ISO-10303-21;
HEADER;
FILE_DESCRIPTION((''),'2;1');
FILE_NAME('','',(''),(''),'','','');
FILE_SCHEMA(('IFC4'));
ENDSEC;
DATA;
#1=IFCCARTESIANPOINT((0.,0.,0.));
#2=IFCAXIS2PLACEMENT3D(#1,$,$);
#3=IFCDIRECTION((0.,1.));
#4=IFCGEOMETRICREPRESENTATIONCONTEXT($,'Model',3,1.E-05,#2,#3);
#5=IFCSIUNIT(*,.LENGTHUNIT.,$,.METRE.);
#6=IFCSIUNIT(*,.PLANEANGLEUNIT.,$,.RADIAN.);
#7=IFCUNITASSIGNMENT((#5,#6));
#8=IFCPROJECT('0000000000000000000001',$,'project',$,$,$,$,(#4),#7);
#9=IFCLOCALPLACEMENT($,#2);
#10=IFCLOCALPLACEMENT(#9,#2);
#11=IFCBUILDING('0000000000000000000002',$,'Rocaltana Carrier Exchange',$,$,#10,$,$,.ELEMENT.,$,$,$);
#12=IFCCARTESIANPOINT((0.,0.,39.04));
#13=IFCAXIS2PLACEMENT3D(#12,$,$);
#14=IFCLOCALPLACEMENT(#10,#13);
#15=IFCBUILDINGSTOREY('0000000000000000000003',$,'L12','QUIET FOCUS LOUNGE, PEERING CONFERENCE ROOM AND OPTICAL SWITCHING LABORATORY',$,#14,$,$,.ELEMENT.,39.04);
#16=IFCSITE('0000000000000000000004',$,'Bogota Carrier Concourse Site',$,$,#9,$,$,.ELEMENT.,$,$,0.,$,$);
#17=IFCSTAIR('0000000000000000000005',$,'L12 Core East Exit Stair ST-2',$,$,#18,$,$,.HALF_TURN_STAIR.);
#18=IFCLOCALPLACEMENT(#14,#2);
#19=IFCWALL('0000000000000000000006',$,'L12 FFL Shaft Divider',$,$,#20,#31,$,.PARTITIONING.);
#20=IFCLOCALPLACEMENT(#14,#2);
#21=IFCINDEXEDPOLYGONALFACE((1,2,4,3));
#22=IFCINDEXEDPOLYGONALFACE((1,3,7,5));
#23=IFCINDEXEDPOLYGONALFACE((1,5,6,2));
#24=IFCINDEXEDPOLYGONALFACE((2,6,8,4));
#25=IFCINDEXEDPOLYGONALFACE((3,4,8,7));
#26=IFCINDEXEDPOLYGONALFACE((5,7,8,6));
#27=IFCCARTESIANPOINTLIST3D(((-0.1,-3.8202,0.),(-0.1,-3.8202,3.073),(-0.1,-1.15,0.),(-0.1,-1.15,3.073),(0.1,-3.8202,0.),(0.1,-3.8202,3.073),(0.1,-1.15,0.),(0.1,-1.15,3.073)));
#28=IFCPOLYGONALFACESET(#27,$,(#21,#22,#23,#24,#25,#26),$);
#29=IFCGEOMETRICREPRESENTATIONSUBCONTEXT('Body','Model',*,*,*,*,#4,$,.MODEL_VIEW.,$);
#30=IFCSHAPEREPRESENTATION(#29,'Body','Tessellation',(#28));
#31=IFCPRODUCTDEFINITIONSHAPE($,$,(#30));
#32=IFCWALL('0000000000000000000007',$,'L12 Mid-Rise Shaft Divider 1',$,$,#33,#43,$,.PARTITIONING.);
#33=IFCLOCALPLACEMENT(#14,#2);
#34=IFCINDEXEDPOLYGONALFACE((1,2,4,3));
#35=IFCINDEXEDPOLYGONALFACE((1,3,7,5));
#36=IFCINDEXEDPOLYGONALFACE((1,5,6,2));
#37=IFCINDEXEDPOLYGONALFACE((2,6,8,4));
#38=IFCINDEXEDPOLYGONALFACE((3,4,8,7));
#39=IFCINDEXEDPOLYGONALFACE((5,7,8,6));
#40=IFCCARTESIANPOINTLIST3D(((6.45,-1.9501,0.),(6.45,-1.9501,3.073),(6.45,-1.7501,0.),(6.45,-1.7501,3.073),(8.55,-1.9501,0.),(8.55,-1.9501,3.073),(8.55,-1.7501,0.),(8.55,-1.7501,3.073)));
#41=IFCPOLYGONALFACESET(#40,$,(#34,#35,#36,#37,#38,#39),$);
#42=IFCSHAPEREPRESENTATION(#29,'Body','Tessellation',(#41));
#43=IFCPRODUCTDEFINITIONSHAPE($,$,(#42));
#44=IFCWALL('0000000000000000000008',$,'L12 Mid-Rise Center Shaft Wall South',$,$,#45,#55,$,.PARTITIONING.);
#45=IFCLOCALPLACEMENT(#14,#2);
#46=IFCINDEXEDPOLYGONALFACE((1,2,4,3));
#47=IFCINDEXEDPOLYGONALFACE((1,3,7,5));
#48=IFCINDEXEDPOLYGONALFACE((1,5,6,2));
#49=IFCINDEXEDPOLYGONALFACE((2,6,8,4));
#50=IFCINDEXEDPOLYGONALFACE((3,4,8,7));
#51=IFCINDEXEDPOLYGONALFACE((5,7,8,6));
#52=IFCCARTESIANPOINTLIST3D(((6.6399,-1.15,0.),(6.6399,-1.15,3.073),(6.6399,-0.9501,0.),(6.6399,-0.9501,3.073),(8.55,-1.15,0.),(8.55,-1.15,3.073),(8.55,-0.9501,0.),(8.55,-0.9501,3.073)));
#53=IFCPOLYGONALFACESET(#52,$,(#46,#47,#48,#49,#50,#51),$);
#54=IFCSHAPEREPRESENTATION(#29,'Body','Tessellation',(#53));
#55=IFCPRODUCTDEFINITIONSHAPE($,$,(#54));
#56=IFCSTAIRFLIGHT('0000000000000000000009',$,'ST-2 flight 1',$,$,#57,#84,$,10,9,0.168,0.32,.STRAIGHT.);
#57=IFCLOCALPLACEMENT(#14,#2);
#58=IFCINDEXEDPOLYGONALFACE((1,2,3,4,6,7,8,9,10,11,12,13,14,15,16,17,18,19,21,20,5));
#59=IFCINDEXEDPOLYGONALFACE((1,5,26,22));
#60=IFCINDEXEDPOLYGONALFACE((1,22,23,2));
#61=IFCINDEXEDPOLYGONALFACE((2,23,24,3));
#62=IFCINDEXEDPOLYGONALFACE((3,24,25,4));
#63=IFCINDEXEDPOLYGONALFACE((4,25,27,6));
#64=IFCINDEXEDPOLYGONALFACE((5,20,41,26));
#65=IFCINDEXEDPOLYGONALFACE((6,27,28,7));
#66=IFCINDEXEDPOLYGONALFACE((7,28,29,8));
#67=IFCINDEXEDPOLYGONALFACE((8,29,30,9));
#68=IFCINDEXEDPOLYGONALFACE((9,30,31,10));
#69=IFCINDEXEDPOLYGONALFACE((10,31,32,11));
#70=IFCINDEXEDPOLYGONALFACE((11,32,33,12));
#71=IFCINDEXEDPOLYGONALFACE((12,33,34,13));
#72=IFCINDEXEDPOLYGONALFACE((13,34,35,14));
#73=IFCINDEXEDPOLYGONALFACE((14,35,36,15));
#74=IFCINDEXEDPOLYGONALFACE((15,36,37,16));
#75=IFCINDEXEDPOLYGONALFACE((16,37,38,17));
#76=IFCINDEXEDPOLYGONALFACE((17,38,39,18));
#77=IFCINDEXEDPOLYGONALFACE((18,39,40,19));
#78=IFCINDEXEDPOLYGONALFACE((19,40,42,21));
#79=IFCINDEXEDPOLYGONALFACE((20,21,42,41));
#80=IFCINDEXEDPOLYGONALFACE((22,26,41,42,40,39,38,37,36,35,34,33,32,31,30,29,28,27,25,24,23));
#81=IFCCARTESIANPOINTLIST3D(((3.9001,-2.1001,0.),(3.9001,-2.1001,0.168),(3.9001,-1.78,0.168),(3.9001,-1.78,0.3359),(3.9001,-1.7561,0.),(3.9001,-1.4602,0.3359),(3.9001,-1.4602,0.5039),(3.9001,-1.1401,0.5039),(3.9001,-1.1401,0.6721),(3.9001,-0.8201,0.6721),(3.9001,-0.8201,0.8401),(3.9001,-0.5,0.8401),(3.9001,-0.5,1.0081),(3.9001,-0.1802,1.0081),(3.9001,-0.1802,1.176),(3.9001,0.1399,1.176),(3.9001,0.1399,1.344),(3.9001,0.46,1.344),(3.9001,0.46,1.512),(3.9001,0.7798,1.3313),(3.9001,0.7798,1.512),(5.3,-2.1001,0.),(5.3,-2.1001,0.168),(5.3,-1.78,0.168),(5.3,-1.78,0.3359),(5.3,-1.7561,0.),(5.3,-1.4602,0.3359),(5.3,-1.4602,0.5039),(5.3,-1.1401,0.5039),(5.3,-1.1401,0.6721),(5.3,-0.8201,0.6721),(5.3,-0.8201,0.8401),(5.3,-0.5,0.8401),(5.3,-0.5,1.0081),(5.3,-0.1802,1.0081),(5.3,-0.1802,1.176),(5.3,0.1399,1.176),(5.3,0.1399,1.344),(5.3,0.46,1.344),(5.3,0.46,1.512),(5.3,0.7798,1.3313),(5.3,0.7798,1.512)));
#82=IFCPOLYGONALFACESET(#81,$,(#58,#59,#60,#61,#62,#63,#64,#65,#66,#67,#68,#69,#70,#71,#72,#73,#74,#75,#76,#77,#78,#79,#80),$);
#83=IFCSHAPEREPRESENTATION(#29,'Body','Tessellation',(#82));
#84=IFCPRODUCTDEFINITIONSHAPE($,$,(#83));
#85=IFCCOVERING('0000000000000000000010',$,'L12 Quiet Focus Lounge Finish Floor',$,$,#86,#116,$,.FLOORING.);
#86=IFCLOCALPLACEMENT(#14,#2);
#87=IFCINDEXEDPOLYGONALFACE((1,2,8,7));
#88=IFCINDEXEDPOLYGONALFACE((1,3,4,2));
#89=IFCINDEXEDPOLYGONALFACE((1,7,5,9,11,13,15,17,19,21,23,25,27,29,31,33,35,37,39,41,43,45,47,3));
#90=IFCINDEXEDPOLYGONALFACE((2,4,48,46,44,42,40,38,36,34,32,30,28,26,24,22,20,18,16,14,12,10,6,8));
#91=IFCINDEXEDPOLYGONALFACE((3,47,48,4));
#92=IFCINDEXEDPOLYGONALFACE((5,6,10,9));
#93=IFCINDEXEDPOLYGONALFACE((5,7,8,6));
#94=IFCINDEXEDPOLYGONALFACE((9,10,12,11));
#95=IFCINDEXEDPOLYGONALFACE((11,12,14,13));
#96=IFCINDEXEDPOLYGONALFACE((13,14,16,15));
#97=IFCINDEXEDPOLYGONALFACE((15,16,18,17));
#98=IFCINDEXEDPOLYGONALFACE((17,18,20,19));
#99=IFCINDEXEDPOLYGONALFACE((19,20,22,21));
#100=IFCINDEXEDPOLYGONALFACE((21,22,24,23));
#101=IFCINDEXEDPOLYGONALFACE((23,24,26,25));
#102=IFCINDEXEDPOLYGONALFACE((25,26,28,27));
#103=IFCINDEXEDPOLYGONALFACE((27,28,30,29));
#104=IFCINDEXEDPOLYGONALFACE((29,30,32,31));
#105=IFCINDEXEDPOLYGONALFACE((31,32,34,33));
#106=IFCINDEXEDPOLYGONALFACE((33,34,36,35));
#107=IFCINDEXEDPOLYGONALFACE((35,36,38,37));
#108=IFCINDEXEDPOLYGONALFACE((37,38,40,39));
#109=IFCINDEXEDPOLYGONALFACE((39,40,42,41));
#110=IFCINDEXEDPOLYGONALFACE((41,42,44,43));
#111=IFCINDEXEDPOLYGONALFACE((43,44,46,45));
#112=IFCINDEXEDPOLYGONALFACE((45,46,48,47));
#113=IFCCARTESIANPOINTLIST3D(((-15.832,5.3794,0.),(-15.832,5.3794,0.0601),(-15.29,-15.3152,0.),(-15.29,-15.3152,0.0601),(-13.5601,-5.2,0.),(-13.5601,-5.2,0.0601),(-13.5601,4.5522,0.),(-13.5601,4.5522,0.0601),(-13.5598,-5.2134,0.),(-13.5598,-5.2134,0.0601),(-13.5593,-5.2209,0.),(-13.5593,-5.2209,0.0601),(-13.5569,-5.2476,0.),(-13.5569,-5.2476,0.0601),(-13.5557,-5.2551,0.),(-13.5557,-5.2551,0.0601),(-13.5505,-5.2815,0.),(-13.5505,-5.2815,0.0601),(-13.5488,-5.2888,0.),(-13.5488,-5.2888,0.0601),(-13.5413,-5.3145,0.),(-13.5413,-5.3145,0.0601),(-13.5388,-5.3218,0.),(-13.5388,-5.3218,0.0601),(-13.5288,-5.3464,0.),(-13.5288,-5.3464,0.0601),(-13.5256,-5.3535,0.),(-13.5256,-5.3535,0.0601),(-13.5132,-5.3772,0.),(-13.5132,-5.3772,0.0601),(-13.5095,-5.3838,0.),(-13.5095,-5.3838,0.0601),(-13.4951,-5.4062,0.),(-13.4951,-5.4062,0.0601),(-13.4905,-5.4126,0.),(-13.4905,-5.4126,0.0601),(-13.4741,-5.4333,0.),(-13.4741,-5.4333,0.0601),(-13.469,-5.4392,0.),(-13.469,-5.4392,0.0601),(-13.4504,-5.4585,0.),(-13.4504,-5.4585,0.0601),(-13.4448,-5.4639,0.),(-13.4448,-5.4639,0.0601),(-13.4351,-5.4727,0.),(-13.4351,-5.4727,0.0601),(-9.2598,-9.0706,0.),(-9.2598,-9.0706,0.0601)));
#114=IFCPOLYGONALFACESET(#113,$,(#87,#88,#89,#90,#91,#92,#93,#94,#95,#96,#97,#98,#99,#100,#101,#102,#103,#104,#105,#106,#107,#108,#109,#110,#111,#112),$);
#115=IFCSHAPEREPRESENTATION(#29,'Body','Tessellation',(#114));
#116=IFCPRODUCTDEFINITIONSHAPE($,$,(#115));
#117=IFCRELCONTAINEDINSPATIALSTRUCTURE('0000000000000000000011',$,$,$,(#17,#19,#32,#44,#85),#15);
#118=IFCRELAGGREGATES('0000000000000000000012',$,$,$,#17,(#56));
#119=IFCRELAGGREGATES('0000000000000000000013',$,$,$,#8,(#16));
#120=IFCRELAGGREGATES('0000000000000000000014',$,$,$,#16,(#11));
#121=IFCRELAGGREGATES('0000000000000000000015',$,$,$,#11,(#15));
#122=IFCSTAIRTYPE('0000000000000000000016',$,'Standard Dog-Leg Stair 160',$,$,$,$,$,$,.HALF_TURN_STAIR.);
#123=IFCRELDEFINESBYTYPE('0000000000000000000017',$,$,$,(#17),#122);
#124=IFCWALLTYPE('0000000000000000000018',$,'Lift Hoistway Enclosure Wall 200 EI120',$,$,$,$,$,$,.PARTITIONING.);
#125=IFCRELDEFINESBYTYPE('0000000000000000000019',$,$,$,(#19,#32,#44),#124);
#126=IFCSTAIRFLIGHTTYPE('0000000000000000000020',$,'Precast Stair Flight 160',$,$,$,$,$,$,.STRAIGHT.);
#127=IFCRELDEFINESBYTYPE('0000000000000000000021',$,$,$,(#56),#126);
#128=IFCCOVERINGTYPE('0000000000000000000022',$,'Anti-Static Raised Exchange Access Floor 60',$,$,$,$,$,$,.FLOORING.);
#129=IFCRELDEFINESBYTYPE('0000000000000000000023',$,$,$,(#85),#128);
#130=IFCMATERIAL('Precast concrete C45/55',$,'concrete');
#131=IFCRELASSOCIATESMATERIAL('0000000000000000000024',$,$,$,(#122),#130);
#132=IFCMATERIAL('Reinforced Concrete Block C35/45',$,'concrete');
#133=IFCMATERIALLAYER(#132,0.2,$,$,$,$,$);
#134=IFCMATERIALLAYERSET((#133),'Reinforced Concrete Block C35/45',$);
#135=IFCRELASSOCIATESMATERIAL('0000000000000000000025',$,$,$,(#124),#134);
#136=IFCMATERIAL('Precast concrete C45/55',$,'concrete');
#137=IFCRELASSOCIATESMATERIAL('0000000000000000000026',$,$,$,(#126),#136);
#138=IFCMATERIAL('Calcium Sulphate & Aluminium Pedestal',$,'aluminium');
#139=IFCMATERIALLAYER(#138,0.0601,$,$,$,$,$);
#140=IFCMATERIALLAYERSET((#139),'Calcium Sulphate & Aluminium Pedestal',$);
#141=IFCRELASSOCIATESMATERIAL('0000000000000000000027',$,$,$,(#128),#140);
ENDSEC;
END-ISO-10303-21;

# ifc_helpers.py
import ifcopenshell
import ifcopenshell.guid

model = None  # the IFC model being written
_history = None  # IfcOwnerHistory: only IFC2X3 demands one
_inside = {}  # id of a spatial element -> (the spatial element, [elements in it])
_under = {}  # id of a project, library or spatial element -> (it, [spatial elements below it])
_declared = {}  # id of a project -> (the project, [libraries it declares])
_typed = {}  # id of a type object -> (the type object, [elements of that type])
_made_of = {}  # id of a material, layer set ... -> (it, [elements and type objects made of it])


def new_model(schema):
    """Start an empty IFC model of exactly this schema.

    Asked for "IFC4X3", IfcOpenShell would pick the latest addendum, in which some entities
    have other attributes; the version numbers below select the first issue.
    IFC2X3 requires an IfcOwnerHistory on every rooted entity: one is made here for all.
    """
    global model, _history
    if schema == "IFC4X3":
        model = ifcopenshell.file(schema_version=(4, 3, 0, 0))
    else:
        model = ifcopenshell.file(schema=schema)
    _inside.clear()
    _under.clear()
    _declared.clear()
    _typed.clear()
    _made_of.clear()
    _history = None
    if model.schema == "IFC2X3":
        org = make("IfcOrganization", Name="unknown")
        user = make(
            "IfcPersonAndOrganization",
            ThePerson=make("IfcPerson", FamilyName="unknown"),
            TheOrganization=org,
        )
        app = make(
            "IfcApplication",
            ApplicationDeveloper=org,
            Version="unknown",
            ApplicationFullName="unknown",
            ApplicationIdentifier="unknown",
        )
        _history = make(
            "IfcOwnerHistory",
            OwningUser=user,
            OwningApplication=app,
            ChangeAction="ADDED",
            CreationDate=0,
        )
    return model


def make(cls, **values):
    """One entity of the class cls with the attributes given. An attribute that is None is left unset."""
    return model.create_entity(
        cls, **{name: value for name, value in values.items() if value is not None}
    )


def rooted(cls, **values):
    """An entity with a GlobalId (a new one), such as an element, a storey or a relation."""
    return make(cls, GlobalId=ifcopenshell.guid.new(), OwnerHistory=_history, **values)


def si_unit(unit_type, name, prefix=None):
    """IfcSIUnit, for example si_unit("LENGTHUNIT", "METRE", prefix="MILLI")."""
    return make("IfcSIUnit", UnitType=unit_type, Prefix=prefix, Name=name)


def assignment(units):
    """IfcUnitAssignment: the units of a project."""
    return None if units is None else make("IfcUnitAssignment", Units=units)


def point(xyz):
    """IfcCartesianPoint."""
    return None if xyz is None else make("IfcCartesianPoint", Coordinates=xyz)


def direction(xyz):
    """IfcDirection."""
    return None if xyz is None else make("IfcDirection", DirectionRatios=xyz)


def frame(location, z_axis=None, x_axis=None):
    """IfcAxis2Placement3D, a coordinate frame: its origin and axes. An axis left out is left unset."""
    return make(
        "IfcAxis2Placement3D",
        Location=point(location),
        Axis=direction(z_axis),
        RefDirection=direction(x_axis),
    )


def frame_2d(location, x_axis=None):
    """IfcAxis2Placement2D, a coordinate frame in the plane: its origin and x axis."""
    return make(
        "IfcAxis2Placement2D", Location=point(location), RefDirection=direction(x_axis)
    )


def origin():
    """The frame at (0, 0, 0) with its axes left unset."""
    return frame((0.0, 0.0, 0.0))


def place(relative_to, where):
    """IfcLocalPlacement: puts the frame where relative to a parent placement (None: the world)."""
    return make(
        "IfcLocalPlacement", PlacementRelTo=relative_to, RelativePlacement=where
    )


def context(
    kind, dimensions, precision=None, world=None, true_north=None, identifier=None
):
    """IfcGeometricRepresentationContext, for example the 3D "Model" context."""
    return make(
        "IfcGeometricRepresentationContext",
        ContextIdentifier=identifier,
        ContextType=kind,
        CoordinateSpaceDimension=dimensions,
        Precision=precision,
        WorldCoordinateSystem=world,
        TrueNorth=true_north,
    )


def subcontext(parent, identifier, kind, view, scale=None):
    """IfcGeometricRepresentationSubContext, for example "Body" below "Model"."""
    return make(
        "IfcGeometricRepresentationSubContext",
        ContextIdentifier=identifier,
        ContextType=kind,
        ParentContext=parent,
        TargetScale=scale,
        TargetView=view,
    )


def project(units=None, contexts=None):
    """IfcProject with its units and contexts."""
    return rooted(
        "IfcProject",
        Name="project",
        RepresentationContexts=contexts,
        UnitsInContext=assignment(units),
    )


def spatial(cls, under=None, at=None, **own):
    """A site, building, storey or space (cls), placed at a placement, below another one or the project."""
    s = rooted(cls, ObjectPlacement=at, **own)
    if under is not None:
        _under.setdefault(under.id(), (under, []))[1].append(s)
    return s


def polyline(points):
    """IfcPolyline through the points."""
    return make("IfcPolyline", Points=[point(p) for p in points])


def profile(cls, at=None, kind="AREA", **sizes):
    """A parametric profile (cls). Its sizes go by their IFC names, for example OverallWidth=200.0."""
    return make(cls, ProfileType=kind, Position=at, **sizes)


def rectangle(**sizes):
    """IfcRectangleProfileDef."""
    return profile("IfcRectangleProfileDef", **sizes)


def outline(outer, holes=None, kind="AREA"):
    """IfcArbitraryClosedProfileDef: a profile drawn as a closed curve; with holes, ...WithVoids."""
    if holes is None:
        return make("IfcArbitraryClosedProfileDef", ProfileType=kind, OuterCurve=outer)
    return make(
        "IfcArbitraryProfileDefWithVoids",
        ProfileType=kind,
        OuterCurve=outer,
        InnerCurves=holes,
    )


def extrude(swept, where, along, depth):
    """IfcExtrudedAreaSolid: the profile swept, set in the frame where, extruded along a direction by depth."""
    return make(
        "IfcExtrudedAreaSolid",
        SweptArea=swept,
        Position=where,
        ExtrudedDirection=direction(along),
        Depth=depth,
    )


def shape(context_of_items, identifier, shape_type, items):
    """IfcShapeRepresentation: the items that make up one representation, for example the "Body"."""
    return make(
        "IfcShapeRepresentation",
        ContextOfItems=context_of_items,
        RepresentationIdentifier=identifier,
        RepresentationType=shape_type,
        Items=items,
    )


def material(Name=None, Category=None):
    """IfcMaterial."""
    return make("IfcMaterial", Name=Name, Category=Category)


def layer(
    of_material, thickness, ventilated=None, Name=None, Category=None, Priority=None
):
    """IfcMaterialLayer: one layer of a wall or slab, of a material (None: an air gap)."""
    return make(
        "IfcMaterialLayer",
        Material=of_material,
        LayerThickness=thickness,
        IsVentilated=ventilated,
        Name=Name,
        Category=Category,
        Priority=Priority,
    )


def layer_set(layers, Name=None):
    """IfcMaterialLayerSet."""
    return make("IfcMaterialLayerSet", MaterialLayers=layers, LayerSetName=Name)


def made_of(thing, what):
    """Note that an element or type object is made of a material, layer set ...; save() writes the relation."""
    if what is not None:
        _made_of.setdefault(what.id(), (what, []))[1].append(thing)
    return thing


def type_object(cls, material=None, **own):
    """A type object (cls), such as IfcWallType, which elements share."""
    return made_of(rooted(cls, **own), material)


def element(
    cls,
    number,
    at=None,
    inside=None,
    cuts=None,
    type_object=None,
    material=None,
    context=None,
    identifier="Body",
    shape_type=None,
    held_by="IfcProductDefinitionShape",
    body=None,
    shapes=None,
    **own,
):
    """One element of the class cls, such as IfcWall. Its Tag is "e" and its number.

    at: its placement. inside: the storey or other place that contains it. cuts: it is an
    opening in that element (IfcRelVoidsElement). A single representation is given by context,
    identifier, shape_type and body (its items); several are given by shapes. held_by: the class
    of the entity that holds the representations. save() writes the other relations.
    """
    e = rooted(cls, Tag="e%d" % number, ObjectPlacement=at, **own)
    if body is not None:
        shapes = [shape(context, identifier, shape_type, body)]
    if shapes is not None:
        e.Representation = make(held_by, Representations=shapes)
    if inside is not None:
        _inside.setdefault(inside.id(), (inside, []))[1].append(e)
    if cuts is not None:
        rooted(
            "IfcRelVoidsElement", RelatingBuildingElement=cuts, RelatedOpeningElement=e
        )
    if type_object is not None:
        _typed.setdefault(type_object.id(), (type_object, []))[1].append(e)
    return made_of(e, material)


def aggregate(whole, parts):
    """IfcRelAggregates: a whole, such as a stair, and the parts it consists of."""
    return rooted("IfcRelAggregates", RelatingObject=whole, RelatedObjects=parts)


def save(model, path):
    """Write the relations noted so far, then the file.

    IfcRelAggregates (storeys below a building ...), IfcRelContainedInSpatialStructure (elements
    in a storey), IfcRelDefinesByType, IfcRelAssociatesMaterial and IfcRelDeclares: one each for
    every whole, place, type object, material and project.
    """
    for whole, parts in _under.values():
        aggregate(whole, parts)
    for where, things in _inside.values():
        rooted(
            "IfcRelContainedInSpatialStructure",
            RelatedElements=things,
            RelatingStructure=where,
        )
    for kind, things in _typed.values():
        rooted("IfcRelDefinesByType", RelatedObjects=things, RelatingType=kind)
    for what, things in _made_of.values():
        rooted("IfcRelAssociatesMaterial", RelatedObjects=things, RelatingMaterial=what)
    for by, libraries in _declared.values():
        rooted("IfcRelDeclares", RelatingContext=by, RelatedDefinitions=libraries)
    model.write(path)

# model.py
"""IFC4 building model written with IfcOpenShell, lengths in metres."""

from ifc_helpers import new_model, si_unit, direction, frame, frame_2d, origin, place, context, subcontext, project, spatial, polyline, rectangle, outline, extrude, material, layer, layer_set, type_object, element, aggregate, save


model = new_model("IFC4")

# Units and contexts
model_context = context("Model", 3, precision=1e-05, world=origin(), true_north=direction((0.0, 1.0)))
body_context = subcontext(model_context, "Body", "Model", "MODEL_VIEW")
ifc_project = project(units=[si_unit("LENGTHUNIT", "METRE"), si_unit("PLANEANGLEUNIT", "RADIAN")], contexts=[model_context])

# Site, building, storey
site_placement = place(None, origin())
site = spatial("IfcSite", under=ifc_project, at=site_placement, Name="Bogota Carrier Concourse Site", CompositionType="ELEMENT", RefElevation=0.0)
building_placement = place(site_placement, origin())
building = spatial("IfcBuilding", under=site, at=building_placement, Name="Rocaltana Carrier Exchange", CompositionType="ELEMENT")
storey_placement = place(building_placement, frame((0.0, 0.0, 39.04)))
storey = spatial("IfcBuildingStorey", under=building, at=storey_placement, Name="L12", Description="QUIET FOCUS LOUNGE, PEERING CONFERENCE ROOM AND OPTICAL SWITCHING LABORATORY", CompositionType="ELEMENT", Elevation=39.04)

# Stair
ifc_material_1 = material(Name="Precast concrete C45/55", Category="concrete")
stair_type = type_object("IfcStairType", Name="Standard Dog-Leg Stair 160", PredefinedType="HALF_TURN_STAIR", material=ifc_material_1)
stair_1_placement = place(storey_placement, origin())
stair_1 = element("IfcStair", 1, at=stair_1_placement, inside=storey, type_object=stair_type, Name="L12 Core East Exit Stair ST-2", PredefinedType="HALF_TURN_STAIR")

# Walls
ifc_material_2 = material(Name="Reinforced Concrete Block C35/45", Category="concrete")
ifc_layer_1 = layer(ifc_material_2, 0.2)
ifc_layer_set_1 = layer_set([ifc_layer_1], Name="Reinforced Concrete Block C35/45")
wall_type = type_object("IfcWallType", Name="Lift Hoistway Enclosure Wall 200 EI120", PredefinedType="PARTITIONING", material=ifc_layer_set_1)
wall_1_placement = place(storey_placement, frame((0.0, -3.8201, 0.0), z_axis=(0.0, 0.0, 1.0), x_axis=(0.0, 1.0, 0.0)))
element("IfcWall", 2, at=wall_1_placement, inside=storey, type_object=wall_type, Name="L12 FFL Shaft Divider", PredefinedType="PARTITIONING", context=body_context, shape_type="SweptSolid", body=[
    extrude(rectangle(XDim=2.6702, YDim=0.2, at=frame_2d((1.335, 0.0))), origin(), (0.0, 0.0, 1.0), 3.073),
])
wall_2_placement = place(storey_placement, frame((6.45, -1.8501, 0.0), z_axis=(0.0, 0.0, 1.0), x_axis=(1.0, 0.0, 0.0)))
element("IfcWall", 3, at=wall_2_placement, inside=storey, type_object=wall_type, Name="L12 Mid-Rise Shaft Divider 1", PredefinedType="PARTITIONING", context=body_context, shape_type="SweptSolid", body=[
    extrude(rectangle(XDim=2.1001, YDim=0.2, at=frame_2d((1.05, 0.0))), origin(), (0.0, 0.0, 1.0), 3.073),
])
wall_3_placement = place(storey_placement, frame((6.6399, -1.05, 0.0), z_axis=(0.0, 0.0, 1.0), x_axis=(1.0, 0.0, 0.0)))
element("IfcWall", 4, at=wall_3_placement, inside=storey, type_object=wall_type, Name="L12 Mid-Rise Center Shaft Wall South", PredefinedType="PARTITIONING", context=body_context, shape_type="SweptSolid", body=[
    extrude(rectangle(XDim=1.9102, YDim=0.2, at=frame_2d((0.9551, 0.0))), origin(), (0.0, 0.0, 1.0), 3.073),
])

# Stair flight
ifc_material_3 = material(Name="Precast concrete C45/55", Category="concrete")
stair_flight_type = type_object("IfcStairFlightType", Name="Precast Stair Flight 160", PredefinedType="STRAIGHT", material=ifc_material_3)
stair_flight_placement = place(storey_placement, frame((4.6001, -2.1001, 0.0), z_axis=(0.0, 0.0, 1.0), x_axis=(0.0, 1.0, 0.0)))
stair_flight = element("IfcStairFlight", 5, at=stair_flight_placement, type_object=stair_flight_type, Name="ST-2 flight 1", NumberOfRisers=10, NumberOfTreads=9, PredefinedType="STRAIGHT", RiserHeight=0.168, TreadLength=0.32, context=body_context, shape_type="SweptSolid", body=[
    extrude(outline(polyline([(0.0, 0.0), (0.0, 0.168), (0.3201, 0.168), (0.3201, 0.3359), (0.6399, 0.3359), (0.6399, 0.5039), (0.96, 0.5039), (0.96, 0.6721), (1.28, 0.6721), (1.28, 0.8401), (1.6001, 0.8401), (1.6001, 1.0081), (1.9199, 1.0081), (1.9199, 1.176), (2.24, 1.176), (2.24, 1.344), (2.5601, 1.344), (2.5601, 1.512), (2.8799, 1.512), (2.8799, 1.6799), (2.8799, 1.3313), (0.344, 0.0), (0.0, 0.0)])), frame((0.0, 0.7, 0.0), z_axis=(0.0, -1.0, 0.0), x_axis=(1.0, 0.0, 0.0)), (0.0, 0.0, 1.0), 1.3999),
])
aggregate(stair_1, [stair_flight])

# Covering
ifc_material_4 = material(Name="Calcium Sulphate & Aluminium Pedestal", Category="aluminium")
ifc_layer_2 = layer(ifc_material_4, 0.0601)
ifc_layer_set_2 = layer_set([ifc_layer_2], Name="Calcium Sulphate & Aluminium Pedestal")
covering_type_1 = type_object("IfcCoveringType", Name="Anti-Static Raised Exchange Access Floor 60", PredefinedType="FLOORING", material=ifc_layer_set_2)
covering_1_placement = place(storey_placement, origin())
element("IfcCovering", 6, at=covering_1_placement, inside=storey, type_object=covering_type_1, Name="L12 Quiet Focus Lounge Finish Floor", PredefinedType="FLOORING", context=body_context, shape_type="SweptSolid", body=[
    extrude(outline(polyline([(-15.832, 5.3794), (-13.5601, 4.5522), (-13.5601, -5.2), (-13.5598, -5.2134), (-13.5593, -5.2209), (-13.5569, -5.2476), (-13.5557, -5.2551), (-13.5505, -5.2815), (-13.5488, -5.2888), (-13.5413, -5.3145), (-13.5388, -5.3218), (-13.5288, -5.3464), (-13.5256, -5.3535), (-13.5132, -5.3772), (-13.5095, -5.3838), (-13.4951, -5.4062), (-13.4905, -5.4126), (-13.4741, -5.4333), (-13.469, -5.4392), (-13.4504, -5.4585), (-13.4448, -5.4639), (-13.4351, -5.4727), (-9.2598, -9.0706), (-15.29, -15.3152), (-15.832, 5.3794)])), origin(), (0.0, 0.0, 1.0), 0.0601),
])

save(model, "model.ifc")
